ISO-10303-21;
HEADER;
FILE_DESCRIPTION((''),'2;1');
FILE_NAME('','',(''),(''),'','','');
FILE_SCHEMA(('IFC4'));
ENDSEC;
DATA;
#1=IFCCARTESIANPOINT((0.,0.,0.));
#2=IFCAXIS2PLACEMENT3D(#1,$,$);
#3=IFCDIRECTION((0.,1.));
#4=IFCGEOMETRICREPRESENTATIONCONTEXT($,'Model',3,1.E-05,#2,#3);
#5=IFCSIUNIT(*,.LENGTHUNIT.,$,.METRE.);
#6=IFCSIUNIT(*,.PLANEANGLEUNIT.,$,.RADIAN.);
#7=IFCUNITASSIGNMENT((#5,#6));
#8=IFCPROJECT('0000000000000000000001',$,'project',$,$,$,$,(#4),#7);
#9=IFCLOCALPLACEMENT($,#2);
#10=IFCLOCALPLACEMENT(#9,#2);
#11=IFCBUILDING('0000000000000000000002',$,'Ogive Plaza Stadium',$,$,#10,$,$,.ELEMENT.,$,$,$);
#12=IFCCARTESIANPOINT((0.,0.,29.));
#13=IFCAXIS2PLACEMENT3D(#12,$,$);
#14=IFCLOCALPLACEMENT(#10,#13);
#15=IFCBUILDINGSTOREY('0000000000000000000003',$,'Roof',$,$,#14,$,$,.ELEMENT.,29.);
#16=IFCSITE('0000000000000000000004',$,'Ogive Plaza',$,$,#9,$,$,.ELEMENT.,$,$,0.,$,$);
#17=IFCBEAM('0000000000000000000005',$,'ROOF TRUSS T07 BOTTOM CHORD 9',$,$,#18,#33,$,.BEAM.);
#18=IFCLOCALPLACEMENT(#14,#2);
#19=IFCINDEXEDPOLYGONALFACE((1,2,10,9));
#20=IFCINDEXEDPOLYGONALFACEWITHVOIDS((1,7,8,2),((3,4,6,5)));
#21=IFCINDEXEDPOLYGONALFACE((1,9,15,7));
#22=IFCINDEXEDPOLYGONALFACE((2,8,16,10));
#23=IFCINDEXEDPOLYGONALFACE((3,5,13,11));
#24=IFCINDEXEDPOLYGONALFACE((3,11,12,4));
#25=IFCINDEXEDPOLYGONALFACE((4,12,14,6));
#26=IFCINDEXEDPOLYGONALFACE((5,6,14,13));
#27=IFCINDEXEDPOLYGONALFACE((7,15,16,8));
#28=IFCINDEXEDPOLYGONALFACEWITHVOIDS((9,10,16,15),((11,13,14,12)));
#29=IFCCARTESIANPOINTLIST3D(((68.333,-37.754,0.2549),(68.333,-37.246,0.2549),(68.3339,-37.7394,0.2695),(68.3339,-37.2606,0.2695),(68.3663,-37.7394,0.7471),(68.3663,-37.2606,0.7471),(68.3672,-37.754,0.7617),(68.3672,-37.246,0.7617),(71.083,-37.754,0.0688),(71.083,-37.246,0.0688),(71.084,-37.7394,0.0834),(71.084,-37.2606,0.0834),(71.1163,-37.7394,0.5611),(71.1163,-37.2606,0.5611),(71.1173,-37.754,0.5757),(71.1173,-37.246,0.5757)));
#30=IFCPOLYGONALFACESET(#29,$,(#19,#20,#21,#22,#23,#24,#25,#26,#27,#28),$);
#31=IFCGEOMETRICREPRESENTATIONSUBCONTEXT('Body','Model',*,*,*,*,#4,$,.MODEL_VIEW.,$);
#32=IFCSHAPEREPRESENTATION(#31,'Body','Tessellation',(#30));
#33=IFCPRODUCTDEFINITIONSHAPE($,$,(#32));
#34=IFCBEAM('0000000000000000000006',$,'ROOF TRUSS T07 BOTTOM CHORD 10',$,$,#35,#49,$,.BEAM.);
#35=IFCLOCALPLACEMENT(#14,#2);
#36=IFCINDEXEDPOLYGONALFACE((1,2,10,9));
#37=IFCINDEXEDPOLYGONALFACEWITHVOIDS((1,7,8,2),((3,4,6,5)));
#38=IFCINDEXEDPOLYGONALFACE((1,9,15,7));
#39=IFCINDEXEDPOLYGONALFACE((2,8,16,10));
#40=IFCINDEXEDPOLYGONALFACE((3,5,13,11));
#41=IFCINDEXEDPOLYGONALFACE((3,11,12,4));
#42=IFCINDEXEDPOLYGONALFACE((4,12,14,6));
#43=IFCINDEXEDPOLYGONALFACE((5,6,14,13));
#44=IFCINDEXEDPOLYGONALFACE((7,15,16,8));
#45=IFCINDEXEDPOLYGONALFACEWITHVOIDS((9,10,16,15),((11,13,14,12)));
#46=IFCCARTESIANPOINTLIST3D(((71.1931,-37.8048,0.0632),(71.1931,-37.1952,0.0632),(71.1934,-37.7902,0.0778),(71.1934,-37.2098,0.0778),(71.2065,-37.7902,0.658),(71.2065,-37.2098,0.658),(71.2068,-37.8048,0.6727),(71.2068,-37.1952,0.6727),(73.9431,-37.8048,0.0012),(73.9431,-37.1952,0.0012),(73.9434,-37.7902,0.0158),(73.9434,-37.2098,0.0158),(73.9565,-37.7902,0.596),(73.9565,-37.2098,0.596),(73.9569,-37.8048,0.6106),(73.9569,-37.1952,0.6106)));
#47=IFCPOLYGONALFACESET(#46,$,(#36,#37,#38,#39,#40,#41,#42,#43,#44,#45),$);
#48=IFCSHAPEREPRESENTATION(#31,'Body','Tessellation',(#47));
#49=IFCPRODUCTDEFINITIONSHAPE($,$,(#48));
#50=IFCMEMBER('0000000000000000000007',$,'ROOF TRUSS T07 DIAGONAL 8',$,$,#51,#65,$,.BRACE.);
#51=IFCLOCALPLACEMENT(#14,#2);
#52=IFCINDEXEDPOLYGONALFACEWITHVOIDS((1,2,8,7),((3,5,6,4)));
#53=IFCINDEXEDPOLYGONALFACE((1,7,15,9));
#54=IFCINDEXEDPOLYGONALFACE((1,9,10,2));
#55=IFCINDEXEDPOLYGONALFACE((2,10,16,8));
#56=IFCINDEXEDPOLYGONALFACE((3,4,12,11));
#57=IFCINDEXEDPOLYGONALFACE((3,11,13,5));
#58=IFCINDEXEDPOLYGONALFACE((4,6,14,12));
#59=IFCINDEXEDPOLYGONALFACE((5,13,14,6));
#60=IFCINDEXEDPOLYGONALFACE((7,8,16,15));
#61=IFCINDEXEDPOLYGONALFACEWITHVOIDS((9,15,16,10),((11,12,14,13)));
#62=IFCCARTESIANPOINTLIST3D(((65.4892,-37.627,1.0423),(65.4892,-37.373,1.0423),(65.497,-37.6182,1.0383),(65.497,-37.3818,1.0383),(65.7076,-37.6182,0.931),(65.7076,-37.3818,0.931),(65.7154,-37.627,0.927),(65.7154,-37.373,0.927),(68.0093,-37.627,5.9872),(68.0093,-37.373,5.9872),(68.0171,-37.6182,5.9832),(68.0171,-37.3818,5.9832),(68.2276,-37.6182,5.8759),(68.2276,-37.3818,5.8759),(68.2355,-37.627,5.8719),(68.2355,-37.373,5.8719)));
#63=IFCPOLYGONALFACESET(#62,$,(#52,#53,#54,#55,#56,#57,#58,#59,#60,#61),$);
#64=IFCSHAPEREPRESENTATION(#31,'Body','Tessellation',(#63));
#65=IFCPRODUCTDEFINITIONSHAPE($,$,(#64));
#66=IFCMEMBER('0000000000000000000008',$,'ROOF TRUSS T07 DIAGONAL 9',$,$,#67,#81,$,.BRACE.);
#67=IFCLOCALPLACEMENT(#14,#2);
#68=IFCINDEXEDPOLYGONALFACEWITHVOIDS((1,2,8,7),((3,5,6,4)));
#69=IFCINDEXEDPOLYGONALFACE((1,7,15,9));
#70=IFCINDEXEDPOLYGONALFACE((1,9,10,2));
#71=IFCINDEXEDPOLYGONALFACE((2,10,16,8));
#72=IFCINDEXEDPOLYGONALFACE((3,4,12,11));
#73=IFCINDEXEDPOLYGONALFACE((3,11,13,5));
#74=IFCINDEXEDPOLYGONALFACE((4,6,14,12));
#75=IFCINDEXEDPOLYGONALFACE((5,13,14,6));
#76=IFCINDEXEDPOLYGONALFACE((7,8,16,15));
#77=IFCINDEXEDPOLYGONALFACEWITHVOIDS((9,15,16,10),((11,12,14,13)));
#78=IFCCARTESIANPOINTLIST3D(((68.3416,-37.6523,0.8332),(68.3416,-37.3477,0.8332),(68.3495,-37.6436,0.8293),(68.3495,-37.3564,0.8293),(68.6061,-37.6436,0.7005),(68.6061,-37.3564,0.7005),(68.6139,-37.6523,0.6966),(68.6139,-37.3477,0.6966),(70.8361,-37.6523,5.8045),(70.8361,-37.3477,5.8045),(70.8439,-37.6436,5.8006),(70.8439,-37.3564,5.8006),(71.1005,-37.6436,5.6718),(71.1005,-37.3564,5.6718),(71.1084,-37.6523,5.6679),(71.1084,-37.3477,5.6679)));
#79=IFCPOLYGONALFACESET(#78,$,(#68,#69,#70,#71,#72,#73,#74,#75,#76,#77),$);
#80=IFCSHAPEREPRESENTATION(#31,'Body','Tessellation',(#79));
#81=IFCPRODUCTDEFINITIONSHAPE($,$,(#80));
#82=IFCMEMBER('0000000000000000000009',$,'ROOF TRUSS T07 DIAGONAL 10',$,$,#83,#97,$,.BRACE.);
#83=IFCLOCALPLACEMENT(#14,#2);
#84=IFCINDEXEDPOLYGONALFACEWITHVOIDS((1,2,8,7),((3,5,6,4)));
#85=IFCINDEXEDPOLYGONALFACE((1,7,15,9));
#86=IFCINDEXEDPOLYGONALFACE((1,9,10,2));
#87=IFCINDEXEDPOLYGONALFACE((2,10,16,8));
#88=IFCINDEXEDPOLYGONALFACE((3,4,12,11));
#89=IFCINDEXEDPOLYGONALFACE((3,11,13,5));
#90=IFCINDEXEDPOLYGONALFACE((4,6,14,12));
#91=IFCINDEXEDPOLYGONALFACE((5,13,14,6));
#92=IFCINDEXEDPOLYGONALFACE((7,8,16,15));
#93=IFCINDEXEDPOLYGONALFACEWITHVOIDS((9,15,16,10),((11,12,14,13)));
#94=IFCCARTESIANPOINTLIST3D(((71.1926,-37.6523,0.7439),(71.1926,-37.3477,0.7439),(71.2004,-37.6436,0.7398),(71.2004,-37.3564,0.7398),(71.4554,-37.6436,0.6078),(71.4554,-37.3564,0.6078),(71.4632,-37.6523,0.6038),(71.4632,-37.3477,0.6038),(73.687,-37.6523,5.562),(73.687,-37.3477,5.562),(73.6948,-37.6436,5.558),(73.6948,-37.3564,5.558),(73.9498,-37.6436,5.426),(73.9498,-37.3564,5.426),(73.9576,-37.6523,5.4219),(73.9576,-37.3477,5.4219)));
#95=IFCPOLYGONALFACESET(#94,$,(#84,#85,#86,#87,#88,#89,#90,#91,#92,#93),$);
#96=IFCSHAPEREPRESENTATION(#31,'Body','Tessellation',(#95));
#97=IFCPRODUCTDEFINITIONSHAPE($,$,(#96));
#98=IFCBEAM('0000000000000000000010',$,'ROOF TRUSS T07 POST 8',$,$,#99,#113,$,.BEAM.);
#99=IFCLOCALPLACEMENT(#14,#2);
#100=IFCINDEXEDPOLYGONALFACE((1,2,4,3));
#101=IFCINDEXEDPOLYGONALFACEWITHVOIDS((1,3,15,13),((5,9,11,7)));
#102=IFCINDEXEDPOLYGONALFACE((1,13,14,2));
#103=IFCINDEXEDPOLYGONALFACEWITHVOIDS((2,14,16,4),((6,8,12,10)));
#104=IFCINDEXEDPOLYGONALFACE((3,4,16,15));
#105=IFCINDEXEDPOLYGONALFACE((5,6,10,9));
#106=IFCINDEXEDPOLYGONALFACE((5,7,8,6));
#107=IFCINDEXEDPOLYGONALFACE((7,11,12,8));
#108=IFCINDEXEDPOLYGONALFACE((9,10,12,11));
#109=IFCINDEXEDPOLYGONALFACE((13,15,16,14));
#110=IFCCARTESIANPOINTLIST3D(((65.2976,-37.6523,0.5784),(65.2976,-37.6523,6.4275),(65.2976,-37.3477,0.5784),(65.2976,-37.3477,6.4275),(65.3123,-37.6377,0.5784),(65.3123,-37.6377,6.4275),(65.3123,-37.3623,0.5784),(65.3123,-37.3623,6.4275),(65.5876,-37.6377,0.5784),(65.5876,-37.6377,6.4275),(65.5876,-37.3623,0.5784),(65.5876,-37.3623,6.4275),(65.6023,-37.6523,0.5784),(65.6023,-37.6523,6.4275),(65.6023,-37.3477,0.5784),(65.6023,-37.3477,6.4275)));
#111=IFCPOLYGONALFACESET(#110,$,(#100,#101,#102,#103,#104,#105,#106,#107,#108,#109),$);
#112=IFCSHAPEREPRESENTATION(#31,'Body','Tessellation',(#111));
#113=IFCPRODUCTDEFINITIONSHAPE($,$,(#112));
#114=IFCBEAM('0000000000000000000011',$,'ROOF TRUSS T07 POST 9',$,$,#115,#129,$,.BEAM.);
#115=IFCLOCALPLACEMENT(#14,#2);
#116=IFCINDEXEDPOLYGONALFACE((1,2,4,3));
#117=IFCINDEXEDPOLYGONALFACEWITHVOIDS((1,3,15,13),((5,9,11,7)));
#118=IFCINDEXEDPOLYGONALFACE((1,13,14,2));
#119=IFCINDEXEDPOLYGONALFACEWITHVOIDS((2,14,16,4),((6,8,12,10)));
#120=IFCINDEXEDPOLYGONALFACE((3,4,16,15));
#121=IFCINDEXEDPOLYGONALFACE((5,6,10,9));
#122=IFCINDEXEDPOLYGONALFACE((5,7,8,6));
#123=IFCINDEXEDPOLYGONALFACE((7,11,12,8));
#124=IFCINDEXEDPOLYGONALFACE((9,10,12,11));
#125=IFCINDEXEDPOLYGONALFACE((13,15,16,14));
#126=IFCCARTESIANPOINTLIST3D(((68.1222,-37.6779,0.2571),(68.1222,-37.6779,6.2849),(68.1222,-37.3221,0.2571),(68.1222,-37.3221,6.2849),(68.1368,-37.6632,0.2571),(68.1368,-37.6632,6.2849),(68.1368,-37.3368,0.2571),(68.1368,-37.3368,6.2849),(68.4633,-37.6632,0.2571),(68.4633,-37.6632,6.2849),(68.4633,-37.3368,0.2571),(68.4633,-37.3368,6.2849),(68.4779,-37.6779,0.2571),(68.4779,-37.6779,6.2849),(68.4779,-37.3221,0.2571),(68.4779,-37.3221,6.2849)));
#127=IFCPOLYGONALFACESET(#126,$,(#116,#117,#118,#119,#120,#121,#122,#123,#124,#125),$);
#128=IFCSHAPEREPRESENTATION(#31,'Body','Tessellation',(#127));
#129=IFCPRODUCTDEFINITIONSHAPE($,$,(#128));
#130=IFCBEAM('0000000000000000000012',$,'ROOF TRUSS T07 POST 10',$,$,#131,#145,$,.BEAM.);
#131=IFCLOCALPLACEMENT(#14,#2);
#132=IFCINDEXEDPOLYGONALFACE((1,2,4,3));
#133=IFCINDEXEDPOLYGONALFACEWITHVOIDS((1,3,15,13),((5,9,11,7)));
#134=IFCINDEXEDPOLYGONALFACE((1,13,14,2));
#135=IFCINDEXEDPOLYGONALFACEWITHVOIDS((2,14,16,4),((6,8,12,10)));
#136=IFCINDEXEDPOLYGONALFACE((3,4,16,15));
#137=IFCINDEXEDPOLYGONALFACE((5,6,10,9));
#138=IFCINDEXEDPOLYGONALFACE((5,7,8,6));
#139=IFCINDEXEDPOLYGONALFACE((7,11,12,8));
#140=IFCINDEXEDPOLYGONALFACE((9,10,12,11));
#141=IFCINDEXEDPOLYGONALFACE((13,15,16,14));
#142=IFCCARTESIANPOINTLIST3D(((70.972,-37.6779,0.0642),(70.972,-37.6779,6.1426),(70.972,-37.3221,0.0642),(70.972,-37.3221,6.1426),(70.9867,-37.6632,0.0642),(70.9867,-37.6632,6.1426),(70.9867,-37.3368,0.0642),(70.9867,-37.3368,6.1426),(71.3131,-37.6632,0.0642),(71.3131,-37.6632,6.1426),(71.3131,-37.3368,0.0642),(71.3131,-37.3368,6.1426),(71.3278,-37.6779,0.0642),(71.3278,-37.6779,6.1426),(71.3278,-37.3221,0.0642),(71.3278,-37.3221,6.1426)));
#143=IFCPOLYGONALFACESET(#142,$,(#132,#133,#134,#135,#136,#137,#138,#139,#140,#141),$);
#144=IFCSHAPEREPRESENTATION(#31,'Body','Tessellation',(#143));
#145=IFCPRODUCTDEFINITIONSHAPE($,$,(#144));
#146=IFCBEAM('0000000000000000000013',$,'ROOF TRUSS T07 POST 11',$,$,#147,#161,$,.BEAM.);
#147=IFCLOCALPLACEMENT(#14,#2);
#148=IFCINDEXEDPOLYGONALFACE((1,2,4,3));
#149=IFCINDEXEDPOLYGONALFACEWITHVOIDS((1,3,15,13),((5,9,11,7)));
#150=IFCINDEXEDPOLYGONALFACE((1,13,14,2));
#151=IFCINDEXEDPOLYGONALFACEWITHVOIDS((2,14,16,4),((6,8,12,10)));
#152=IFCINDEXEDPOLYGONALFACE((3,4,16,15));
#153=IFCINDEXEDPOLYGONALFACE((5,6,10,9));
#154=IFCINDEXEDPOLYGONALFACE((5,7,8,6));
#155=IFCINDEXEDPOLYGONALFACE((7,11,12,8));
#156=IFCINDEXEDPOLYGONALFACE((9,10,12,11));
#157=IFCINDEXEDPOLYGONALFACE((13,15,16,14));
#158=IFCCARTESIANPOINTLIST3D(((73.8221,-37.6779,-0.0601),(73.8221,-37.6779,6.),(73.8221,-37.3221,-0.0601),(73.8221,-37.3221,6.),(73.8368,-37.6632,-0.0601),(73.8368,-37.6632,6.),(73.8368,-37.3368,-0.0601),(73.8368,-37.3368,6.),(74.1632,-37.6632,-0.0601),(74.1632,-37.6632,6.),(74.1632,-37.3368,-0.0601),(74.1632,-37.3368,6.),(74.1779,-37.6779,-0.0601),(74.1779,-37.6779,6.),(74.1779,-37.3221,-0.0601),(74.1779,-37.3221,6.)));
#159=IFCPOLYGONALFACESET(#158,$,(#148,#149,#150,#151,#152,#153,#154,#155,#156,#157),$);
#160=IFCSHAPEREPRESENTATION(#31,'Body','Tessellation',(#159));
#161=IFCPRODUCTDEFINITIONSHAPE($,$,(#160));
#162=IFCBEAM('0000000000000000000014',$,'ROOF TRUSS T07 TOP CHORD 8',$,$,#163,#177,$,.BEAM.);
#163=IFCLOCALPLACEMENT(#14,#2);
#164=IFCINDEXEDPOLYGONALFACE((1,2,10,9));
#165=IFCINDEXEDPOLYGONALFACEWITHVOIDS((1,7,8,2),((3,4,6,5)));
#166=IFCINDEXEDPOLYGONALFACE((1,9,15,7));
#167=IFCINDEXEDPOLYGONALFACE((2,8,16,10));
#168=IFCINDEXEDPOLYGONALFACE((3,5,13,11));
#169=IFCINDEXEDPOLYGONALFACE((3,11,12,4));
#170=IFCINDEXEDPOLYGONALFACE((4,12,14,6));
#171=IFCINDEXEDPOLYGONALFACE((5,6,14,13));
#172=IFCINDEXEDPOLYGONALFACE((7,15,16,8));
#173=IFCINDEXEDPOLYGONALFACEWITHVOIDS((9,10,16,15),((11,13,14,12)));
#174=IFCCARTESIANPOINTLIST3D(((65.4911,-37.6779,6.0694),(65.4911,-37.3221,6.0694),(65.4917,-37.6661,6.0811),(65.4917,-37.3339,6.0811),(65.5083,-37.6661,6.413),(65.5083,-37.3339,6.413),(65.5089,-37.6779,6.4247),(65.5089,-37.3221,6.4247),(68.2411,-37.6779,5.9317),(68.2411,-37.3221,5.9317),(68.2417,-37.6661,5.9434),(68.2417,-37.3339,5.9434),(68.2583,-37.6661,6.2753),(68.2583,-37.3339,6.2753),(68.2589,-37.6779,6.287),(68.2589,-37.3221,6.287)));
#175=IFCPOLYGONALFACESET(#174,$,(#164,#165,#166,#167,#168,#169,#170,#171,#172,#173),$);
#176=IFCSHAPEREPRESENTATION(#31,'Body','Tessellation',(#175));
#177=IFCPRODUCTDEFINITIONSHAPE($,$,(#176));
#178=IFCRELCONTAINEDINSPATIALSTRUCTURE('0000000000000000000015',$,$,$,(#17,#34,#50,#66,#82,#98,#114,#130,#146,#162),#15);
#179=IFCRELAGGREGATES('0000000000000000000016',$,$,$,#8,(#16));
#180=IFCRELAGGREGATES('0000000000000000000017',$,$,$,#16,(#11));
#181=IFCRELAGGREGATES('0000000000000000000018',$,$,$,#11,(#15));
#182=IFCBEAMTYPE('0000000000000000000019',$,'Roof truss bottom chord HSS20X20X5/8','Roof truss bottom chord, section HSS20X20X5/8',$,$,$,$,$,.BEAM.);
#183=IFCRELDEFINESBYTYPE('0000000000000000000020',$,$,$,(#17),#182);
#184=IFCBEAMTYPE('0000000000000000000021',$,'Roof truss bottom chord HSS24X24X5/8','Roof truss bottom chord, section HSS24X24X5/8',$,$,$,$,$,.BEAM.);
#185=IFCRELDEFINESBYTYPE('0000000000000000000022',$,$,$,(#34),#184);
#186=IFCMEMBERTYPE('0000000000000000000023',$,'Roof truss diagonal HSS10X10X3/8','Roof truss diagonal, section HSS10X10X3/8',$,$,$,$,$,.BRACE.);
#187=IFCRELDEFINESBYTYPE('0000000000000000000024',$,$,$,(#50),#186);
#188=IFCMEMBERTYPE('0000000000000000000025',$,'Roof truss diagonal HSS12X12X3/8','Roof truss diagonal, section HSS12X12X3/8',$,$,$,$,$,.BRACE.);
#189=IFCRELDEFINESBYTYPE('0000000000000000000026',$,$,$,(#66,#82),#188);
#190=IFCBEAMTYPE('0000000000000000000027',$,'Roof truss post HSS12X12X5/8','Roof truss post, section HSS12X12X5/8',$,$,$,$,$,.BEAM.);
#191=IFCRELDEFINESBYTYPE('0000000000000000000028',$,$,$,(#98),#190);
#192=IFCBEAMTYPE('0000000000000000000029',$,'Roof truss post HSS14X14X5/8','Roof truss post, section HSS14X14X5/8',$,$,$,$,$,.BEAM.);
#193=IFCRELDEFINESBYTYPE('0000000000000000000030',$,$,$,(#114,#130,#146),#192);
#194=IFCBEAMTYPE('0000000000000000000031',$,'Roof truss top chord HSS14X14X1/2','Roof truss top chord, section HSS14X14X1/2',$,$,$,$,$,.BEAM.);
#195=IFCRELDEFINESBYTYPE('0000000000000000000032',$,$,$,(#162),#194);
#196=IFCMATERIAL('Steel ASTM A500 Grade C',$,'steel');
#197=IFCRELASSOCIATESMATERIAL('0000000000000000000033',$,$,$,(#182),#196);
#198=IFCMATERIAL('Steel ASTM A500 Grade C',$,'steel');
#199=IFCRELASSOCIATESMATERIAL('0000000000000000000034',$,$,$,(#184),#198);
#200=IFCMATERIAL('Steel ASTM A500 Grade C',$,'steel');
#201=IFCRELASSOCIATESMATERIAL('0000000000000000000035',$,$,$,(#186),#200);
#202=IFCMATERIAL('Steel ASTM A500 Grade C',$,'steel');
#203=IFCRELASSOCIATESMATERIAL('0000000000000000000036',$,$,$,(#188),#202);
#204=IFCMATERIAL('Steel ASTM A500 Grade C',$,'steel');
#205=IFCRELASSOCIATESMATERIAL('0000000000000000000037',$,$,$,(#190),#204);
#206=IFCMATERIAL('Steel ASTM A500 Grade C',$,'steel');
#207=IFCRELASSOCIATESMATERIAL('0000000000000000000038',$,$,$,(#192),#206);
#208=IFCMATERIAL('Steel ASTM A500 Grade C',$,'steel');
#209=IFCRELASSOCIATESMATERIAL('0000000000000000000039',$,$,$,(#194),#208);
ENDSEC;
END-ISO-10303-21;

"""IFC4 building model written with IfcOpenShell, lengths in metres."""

from ifc_helpers import new_model, si_unit, direction, frame, origin, origin_2d, place, context, subcontext, project, spatial, hollow_rectangle, extrude, material, material_profile, profile_set, type_object, element, save


model = new_model("IFC4")

# Units and contexts
model_context = context("Model", 3, precision=1e-05, world=origin(), true_north=direction((0.0, 1.0)))
body_context = subcontext(model_context, "Body", "Model", "MODEL_VIEW")
ifc_project = project(units=[si_unit("LENGTHUNIT", "METRE"), si_unit("PLANEANGLEUNIT", "RADIAN")], contexts=[model_context])

# Site, building, storey
site_placement = place(None, origin())
site = spatial("IfcSite", under=ifc_project, at=site_placement, Name="Ogive Plaza", CompositionType="ELEMENT", RefElevation=0.0)
building_placement = place(site_placement, origin())
building = spatial("IfcBuilding", under=site, at=building_placement, Name="Ogive Plaza Stadium", CompositionType="ELEMENT")
storey_placement = place(building_placement, frame((0.0, 0.0, 29.0)))
storey = spatial("IfcBuildingStorey", under=building, at=storey_placement, Name="Roof", CompositionType="ELEMENT", Elevation=29.0)

# Beams
ifc_material_1 = material(Name="Steel ASTM A500 Grade C", Category="steel")
ifc_material_profile_1 = material_profile(ifc_material_1, hollow_rectangle(XDim=0.5081, YDim=0.5081, WallThickness=0.0146, at=origin_2d()), Name="HSS20X20X5/8")
ifc_profile_set_1 = profile_set([ifc_material_profile_1], Name="Steel ASTM A500 Grade C")
beam_type_1 = type_object("IfcBeamType", Name="Roof truss bottom chord HSS20X20X5/8", Description="Roof truss bottom chord, section HSS20X20X5/8", PredefinedType="BEAM", material=ifc_profile_set_1)
beam_1_placement = place(storey_placement, frame((68.3501, -37.5, 0.5083), z_axis=(0.99772, 0.0, -0.067495), x_axis=(0.0, 1.0, 0.0)))
element("IfcBeam", 1, at=beam_1_placement, inside=storey, type_object=beam_type_1, Name="ROOF TRUSS T07 BOTTOM CHORD 9", PredefinedType="BEAM", context=body_context, shape_type="SweptSolid", body=[
    extrude(hollow_rectangle(XDim=0.5081, YDim=0.5081, WallThickness=0.0146, at=origin_2d()), origin(), (0.0, 0.0, 1.0), 2.7563),
])
ifc_material_2 = material(Name="Steel ASTM A500 Grade C", Category="steel")
ifc_material_profile_2 = material_profile(ifc_material_2, hollow_rectangle(XDim=0.6096, YDim=0.6096, WallThickness=0.0146, at=origin_2d()), Name="HSS24X24X5/8")
ifc_profile_set_2 = profile_set([ifc_material_profile_2], Name="Steel ASTM A500 Grade C")
beam_type_2 = type_object("IfcBeamType", Name="Roof truss bottom chord HSS24X24X5/8", Description="Roof truss bottom chord, section HSS24X24X5/8", PredefinedType="BEAM", material=ifc_profile_set_2)
beam_2_placement = place(storey_placement, frame((71.2, -37.5, 0.3679), z_axis=(0.999746, 0.0, -0.022544), x_axis=(0.0, 1.0, 0.0)))
element("IfcBeam", 2, at=beam_2_placement, inside=storey, type_object=beam_type_2, Name="ROOF TRUSS T07 BOTTOM CHORD 10", PredefinedType="BEAM", context=body_context, shape_type="SweptSolid", body=[
    extrude(hollow_rectangle(XDim=0.6096, YDim=0.6096, WallThickness=0.0146, at=origin_2d()), origin(), (0.0, 0.0, 1.0), 2.7507),
])

# Members
ifc_material_3 = material(Name="Steel ASTM A500 Grade C", Category="steel")
ifc_material_profile_3 = material_profile(ifc_material_3, hollow_rectangle(XDim=0.2539, YDim=0.2539, WallThickness=0.0088, at=origin_2d()), Name="HSS10X10X3/8")
ifc_profile_set_3 = profile_set([ifc_material_profile_3], Name="Steel ASTM A500 Grade C")
member_type_1 = type_object("IfcMemberType", Name="Roof truss diagonal HSS10X10X3/8", Description="Roof truss diagonal, section HSS10X10X3/8", PredefinedType="BRACE", material=ifc_profile_set_3)
member_1_placement = place(storey_placement, frame((65.6023, -37.5, 0.9846), z_axis=(0.454063, 0.0, 0.89097), x_axis=(0.0, 1.0, 0.0)))
element("IfcMember", 3, at=member_1_placement, inside=storey, type_object=member_type_1, Name="ROOF TRUSS T07 DIAGONAL 8", PredefinedType="BRACE", context=body_context, shape_type="SweptSolid", body=[
    extrude(hollow_rectangle(XDim=0.2539, YDim=0.2539, WallThickness=0.0088, at=origin_2d()), origin(), (0.0, 0.0, 1.0), 5.55),
])
ifc_material_4 = material(Name="Steel ASTM A500 Grade C", Category="steel")
ifc_material_profile_4 = material_profile(ifc_material_4, hollow_rectangle(XDim=0.3047, YDim=0.3047, WallThickness=0.0088, at=origin_2d()), Name="HSS12X12X3/8")
ifc_profile_set_4 = profile_set([ifc_material_profile_4], Name="Steel ASTM A500 Grade C")
member_type_2 = type_object("IfcMemberType", Name="Roof truss diagonal HSS12X12X3/8", Description="Roof truss diagonal, section HSS12X12X3/8", PredefinedType="BRACE", material=ifc_profile_set_4)
member_2_placement = place(storey_placement, frame((68.4778, -37.5, 0.7649), z_axis=(0.448477, 0.0, 0.893794), x_axis=(0.0, 1.0, 0.0)))
element("IfcMember", 4, at=member_2_placement, inside=storey, type_object=member_type_2, Name="ROOF TRUSS T07 DIAGONAL 9", PredefinedType="BRACE", context=body_context, shape_type="SweptSolid", body=[
    extrude(hollow_rectangle(XDim=0.3047, YDim=0.3047, WallThickness=0.0088, at=origin_2d()), origin(), (0.0, 0.0, 1.0), 5.562),
])
member_3_placement = place(storey_placement, frame((71.3279, -37.5, 0.6738), z_axis=(0.459751, 0.0, 0.888048), x_axis=(0.0, 1.0, 0.0)))
element("IfcMember", 5, at=member_3_placement, inside=storey, type_object=member_type_2, Name="ROOF TRUSS T07 DIAGONAL 10", PredefinedType="BRACE", context=body_context, shape_type="SweptSolid", body=[
    extrude(hollow_rectangle(XDim=0.3047, YDim=0.3047, WallThickness=0.0088, at=origin_2d()), origin(), (0.0, 0.0, 1.0), 5.4255),
])

# Beams
ifc_material_5 = material(Name="Steel ASTM A500 Grade C", Category="steel")
ifc_material_profile_5 = material_profile(ifc_material_5, hollow_rectangle(XDim=0.3047, YDim=0.3047, WallThickness=0.0146, at=origin_2d()), Name="HSS12X12X5/8")
ifc_profile_set_5 = profile_set([ifc_material_profile_5], Name="Steel ASTM A500 Grade C")
beam_type_3 = type_object("IfcBeamType", Name="Roof truss post HSS12X12X5/8", Description="Roof truss post, section HSS12X12X5/8", PredefinedType="BEAM", material=ifc_profile_set_5)
beam_3_placement = place(storey_placement, frame((65.45, -37.5, 0.5784), z_axis=(0.0, 0.0, 1.0), x_axis=(0.0, 1.0, 0.0)))
element("IfcBeam", 6, at=beam_3_placement, inside=storey, type_object=beam_type_3, Name="ROOF TRUSS T07 POST 8", PredefinedType="BEAM", context=body_context, shape_type="SweptSolid", body=[
    extrude(hollow_rectangle(XDim=0.3047, YDim=0.3047, WallThickness=0.0146, at=origin_2d()), origin(), (0.0, 0.0, 1.0), 5.8491),
])
ifc_material_6 = material(Name="Steel ASTM A500 Grade C", Category="steel")
ifc_material_profile_6 = material_profile(ifc_material_6, hollow_rectangle(XDim=0.3557, YDim=0.3557, WallThickness=0.0146, at=origin_2d()), Name="HSS14X14X5/8")
ifc_profile_set_6 = profile_set([ifc_material_profile_6], Name="Steel ASTM A500 Grade C")
beam_type_4 = type_object("IfcBeamType", Name="Roof truss post HSS14X14X5/8", Description="Roof truss post, section HSS14X14X5/8", PredefinedType="BEAM", material=ifc_profile_set_6)
beam_4_placement = place(storey_placement, frame((68.3, -37.5, 0.2571), z_axis=(0.0, 0.0, 1.0), x_axis=(0.0, 1.0, 0.0)))
element("IfcBeam", 7, at=beam_4_placement, inside=storey, type_object=beam_type_4, Name="ROOF TRUSS T07 POST 9", PredefinedType="BEAM", context=body_context, shape_type="SweptSolid", body=[
    extrude(hollow_rectangle(XDim=0.3557, YDim=0.3557, WallThickness=0.0146, at=origin_2d()), origin(), (0.0, 0.0, 1.0), 6.0278),
])
beam_5_placement = place(storey_placement, frame((71.1499, -37.5, 0.0642), z_axis=(0.0, 0.0, 1.0), x_axis=(0.0, 1.0, 0.0)))
element("IfcBeam", 8, at=beam_5_placement, inside=storey, type_object=beam_type_4, Name="ROOF TRUSS T07 POST 10", PredefinedType="BEAM", context=body_context, shape_type="SweptSolid", body=[
    extrude(hollow_rectangle(XDim=0.3557, YDim=0.3557, WallThickness=0.0146, at=origin_2d()), origin(), (0.0, 0.0, 1.0), 6.0784),
])
beam_6_placement = place(storey_placement, frame((74.0, -37.5, -0.0601), z_axis=(0.0, 0.0, 1.0), x_axis=(0.0, 1.0, 0.0)))
element("IfcBeam", 9, at=beam_6_placement, inside=storey, type_object=beam_type_4, Name="ROOF TRUSS T07 POST 11", PredefinedType="BEAM", context=body_context, shape_type="SweptSolid", body=[
    extrude(hollow_rectangle(XDim=0.3557, YDim=0.3557, WallThickness=0.0146, at=origin_2d()), origin(), (0.0, 0.0, 1.0), 6.0601),
])
ifc_material_7 = material(Name="Steel ASTM A500 Grade C", Category="steel")
ifc_material_profile_7 = material_profile(ifc_material_7, hollow_rectangle(XDim=0.3557, YDim=0.3557, WallThickness=0.0117, at=origin_2d()), Name="HSS14X14X1/2")
ifc_profile_set_7 = profile_set([ifc_material_profile_7], Name="Steel ASTM A500 Grade C")
beam_type_5 = type_object("IfcBeamType", Name="Roof truss top chord HSS14X14X1/2", Description="Roof truss top chord, section HSS14X14X1/2", PredefinedType="BEAM", material=ifc_profile_set_7)
beam_7_placement = place(storey_placement, frame((65.5, -37.5, 6.2471), z_axis=(0.998749, 0.0, -0.050008), x_axis=(0.0, 1.0, 0.0)))
element("IfcBeam", 10, at=beam_7_placement, inside=storey, type_object=beam_type_5, Name="ROOF TRUSS T07 TOP CHORD 8", PredefinedType="BEAM", context=body_context, shape_type="SweptSolid", body=[
    extrude(hollow_rectangle(XDim=0.3557, YDim=0.3557, WallThickness=0.0117, at=origin_2d()), origin(), (0.0, 0.0, 1.0), 2.7534),
])

save(model, "model.ifc")
